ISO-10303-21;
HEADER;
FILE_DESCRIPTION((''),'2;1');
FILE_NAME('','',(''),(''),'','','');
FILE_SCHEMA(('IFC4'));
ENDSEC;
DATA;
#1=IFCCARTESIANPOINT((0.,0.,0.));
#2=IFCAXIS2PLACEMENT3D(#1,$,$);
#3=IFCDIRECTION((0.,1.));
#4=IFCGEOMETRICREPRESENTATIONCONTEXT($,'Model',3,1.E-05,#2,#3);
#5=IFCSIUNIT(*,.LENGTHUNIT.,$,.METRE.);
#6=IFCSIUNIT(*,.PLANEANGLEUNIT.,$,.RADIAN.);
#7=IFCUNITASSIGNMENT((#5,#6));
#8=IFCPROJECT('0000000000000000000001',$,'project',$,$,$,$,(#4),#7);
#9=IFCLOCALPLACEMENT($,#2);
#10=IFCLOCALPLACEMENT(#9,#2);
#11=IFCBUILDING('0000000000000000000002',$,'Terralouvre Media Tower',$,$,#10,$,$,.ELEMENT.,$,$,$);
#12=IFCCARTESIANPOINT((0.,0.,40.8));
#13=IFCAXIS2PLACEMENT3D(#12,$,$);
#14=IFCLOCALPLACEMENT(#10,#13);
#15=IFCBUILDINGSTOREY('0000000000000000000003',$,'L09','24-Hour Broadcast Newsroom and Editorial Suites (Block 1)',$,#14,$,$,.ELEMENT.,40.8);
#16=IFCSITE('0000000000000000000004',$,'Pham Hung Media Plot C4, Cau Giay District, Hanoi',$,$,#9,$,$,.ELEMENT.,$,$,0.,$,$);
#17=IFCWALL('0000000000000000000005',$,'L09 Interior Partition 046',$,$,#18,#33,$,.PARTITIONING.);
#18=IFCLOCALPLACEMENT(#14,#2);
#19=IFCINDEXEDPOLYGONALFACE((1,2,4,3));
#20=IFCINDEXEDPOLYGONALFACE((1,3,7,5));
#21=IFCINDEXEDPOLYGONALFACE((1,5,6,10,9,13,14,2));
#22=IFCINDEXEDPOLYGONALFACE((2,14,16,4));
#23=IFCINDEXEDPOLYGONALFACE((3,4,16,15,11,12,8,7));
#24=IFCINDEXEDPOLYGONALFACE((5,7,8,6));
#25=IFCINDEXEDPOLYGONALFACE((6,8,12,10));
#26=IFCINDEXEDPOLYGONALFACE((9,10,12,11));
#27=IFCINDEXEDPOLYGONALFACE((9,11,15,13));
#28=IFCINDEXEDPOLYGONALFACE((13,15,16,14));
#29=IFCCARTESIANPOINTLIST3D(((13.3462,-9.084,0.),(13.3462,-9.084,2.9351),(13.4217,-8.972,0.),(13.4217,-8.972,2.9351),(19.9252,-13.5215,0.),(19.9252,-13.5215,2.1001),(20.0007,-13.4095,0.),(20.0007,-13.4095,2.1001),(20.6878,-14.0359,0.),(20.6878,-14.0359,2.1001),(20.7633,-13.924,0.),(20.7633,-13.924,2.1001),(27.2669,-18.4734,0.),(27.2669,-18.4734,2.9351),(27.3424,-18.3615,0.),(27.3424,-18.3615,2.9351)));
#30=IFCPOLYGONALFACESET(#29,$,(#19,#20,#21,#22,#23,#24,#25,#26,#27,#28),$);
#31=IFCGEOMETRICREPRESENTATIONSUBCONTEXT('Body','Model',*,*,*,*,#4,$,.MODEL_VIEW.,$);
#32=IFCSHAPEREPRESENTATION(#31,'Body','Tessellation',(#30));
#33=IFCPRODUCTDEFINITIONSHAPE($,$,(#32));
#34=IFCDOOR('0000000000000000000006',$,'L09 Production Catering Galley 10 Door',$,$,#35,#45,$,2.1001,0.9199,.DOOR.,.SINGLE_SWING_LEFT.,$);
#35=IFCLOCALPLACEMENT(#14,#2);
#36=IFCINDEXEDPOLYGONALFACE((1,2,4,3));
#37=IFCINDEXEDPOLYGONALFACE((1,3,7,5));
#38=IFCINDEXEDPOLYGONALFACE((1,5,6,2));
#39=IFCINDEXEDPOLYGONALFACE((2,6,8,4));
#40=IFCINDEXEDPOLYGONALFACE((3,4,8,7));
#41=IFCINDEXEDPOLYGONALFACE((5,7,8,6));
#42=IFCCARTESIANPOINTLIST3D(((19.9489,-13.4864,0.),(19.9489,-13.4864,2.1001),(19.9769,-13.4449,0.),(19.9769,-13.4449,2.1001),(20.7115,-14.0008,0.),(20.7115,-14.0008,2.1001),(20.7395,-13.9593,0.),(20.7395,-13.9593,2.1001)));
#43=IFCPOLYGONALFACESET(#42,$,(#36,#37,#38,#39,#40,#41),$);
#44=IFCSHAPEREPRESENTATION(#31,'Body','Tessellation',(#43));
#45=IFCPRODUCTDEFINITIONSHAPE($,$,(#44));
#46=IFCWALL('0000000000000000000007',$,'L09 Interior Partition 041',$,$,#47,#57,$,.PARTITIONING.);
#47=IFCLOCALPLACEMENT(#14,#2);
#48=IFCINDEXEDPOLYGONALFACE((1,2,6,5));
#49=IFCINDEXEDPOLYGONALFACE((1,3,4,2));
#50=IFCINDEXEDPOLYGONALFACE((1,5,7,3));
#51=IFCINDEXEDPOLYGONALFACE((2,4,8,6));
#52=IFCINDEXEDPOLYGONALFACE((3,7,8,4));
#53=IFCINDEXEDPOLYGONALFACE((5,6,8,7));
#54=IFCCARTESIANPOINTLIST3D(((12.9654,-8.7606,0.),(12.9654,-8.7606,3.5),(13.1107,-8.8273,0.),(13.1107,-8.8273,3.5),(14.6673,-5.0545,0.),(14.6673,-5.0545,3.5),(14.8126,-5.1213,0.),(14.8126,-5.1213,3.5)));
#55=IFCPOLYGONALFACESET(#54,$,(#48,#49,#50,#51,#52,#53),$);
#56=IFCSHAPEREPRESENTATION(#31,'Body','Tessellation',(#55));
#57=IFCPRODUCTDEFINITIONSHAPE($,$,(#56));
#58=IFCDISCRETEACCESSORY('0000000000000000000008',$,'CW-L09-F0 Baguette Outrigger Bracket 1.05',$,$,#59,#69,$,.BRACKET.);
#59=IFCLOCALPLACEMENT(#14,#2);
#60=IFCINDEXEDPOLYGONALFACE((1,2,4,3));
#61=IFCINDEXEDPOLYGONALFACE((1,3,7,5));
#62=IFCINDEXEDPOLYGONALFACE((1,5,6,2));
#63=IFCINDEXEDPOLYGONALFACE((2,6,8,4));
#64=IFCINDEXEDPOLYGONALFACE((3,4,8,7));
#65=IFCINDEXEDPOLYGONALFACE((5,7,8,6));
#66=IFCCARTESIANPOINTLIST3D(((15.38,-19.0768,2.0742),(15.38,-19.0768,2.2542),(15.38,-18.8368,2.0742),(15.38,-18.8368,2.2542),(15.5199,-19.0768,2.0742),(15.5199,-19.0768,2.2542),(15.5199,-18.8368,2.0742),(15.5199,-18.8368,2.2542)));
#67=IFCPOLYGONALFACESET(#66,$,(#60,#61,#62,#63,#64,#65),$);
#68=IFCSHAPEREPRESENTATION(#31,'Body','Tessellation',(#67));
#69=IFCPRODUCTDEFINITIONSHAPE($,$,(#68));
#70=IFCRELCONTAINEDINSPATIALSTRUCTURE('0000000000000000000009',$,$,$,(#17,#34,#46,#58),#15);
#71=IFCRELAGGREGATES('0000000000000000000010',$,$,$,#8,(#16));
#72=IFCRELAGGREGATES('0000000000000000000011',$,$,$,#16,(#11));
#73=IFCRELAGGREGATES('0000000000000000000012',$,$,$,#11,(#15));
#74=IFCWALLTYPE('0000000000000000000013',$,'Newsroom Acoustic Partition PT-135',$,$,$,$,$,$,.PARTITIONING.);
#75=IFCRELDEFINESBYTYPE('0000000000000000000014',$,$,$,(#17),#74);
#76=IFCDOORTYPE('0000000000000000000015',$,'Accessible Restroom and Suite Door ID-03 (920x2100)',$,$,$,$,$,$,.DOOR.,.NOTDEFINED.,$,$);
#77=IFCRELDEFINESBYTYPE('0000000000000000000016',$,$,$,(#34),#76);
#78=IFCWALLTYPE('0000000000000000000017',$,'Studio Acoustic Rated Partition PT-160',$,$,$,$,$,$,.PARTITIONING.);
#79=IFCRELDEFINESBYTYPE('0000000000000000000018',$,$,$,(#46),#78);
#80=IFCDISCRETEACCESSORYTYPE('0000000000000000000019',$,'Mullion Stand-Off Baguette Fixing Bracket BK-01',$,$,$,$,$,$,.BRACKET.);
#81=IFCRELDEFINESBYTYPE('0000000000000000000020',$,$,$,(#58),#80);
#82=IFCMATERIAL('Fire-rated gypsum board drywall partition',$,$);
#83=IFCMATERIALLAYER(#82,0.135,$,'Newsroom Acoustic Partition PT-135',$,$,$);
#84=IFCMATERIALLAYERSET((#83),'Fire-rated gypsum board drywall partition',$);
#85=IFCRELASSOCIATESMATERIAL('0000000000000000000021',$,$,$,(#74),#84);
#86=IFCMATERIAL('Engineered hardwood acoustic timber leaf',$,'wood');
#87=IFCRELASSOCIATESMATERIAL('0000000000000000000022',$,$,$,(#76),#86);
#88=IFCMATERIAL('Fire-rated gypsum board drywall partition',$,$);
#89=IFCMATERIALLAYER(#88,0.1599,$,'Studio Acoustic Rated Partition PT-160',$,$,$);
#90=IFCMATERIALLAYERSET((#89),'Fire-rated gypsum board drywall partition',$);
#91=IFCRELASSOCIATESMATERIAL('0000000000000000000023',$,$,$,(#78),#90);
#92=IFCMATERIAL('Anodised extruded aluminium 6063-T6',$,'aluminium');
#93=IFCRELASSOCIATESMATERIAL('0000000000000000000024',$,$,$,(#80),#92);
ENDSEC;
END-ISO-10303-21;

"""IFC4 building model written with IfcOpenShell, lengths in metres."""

from ifc_helpers import new_model, si_unit, direction, frame, frame_2d, origin, origin_2d, place, context, subcontext, project, spatial, rectangle, extrude, material, layer, layer_set, type_object, element, fill, save


model = new_model("IFC4")

# Units and contexts
model_context = context("Model", 3, precision=1e-05, world=origin(), true_north=direction((0.0, 1.0)))
body_context = subcontext(model_context, "Body", "Model", "MODEL_VIEW")
ifc_project = project(units=[si_unit("LENGTHUNIT", "METRE"), si_unit("PLANEANGLEUNIT", "RADIAN")], contexts=[model_context])

# Site, building, storey
site_placement = place(None, origin())
site = spatial("IfcSite", under=ifc_project, at=site_placement, Name="Pham Hung Media Plot C4, Cau Giay District, Hanoi", CompositionType="ELEMENT", RefElevation=0.0)
building_placement = place(site_placement, origin())
building = spatial("IfcBuilding", under=site, at=building_placement, Name="Terralouvre Media Tower", CompositionType="ELEMENT")
storey_placement = place(building_placement, frame((0.0, 0.0, 40.8)))
storey = spatial("IfcBuildingStorey", under=building, at=storey_placement, Name="L09", Description="24-Hour Broadcast Newsroom and Editorial Suites (Block 1)", CompositionType="ELEMENT", Elevation=40.8)

# Shared definitions
ifc_material_1 = material(Name="Fire-rated gypsum board drywall partition")
ifc_layer_1 = layer(ifc_material_1, 0.135, Name="Newsroom Acoustic Partition PT-135")
ifc_layer_set_1 = layer_set([ifc_layer_1], Name="Fire-rated gypsum board drywall partition")
wall_type_1 = type_object("IfcWallType", Name="Newsroom Acoustic Partition PT-135", PredefinedType="PARTITIONING", material=ifc_layer_set_1)

# Wall, opening, door
wall_1_placement = place(storey_placement, frame((13.384, -9.0281, 0.0), z_axis=(0.0, 0.0, 1.0), x_axis=(0.829043, -0.559185, 0.0)))
wall_1 = element("IfcWall", 1, at=wall_1_placement, inside=storey, type_object=wall_type_1, Name="L09 Interior Partition 046", PredefinedType="PARTITIONING", context=body_context, shape_type="SweptSolid", body=[
    extrude(rectangle(XDim=16.7913, YDim=0.135, at=frame_2d((8.3955, 0.0))), origin(), (0.0, 0.0, 1.0), 2.9351),
])
opening_1_placement = place(wall_1_placement, frame((7.9355, 0.0, 0.0)))
opening_1 = element("IfcOpeningElement", 2, at=opening_1_placement, cuts=wall_1, PredefinedType="OPENING", context=body_context, shape_type="SweptSolid", body=[
    extrude(rectangle(XDim=0.9199, YDim=2.1001, at=frame_2d((0.46, 1.05))), frame((0.0, 0.0774, 0.0), z_axis=(0.0, -1.0, 0.0), x_axis=(1.0, 0.0, 0.0)), (0.0, 0.0, 1.0), 0.155),
])
ifc_material_2 = material(Name="Engineered hardwood acoustic timber leaf", Category="wood")
door_type_1 = type_object("IfcDoorType", Name="Accessible Restroom and Suite Door ID-03 (920x2100)", OperationType="NOTDEFINED", PredefinedType="DOOR", material=ifc_material_2)
door_1_placement = place(opening_1_placement, origin())
door_1 = element("IfcDoor", 3, at=door_1_placement, inside=storey, type_object=door_type_1, Name="L09 Production Catering Galley 10 Door", OperationType="SINGLE_SWING_LEFT", OverallHeight=2.1001, OverallWidth=0.9199, PredefinedType="DOOR", context=body_context, shape_type="SweptSolid", body=[
    extrude(rectangle(XDim=0.9199, YDim=2.1001, at=frame_2d((0.46, 1.05))), frame((0.0, 0.0249, 0.0), z_axis=(0.0, -1.0, 0.0), x_axis=(1.0, 0.0, 0.0)), (0.0, 0.0, 1.0), 0.05),
])
fill(opening_1, door_1)

# Wall
ifc_material_3 = material(Name="Fire-rated gypsum board drywall partition")
ifc_layer_2 = layer(ifc_material_3, 0.1599, Name="Studio Acoustic Rated Partition PT-160")
ifc_layer_set_2 = layer_set([ifc_layer_2], Name="Fire-rated gypsum board drywall partition")
wall_type_2 = type_object("IfcWallType", Name="Studio Acoustic Rated Partition PT-160", PredefinedType="PARTITIONING", material=ifc_layer_set_2)
wall_2_placement = place(storey_placement, frame((13.0381, -8.7939, 0.0), z_axis=(0.0, 0.0, 1.0), x_axis=(0.417322, 0.908758, 0.0)))
element("IfcWall", 4, at=wall_2_placement, inside=storey, type_object=wall_type_2, Name="L09 Interior Partition 041", PredefinedType="PARTITIONING", context=body_context, shape_type="SweptSolid", body=[
    extrude(rectangle(XDim=4.0781, YDim=0.1599, at=frame_2d((2.0391, 0.0))), origin(), (0.0, 0.0, 1.0), 3.5),
])

# Discrete accessory
ifc_material_4 = material(Name="Anodised extruded aluminium 6063-T6", Category="aluminium")
discrete_accessory_type = type_object("IfcDiscreteAccessoryType", Name="Mullion Stand-Off Baguette Fixing Bracket BK-01", PredefinedType="BRACKET", material=ifc_material_4)
discrete_accessory_placement = place(storey_placement, frame((15.45, -18.9568, 2.0742), z_axis=(0.0, 0.0, 1.0), x_axis=(1.0, 0.0, 0.0)))
element("IfcDiscreteAccessory", 5, at=discrete_accessory_placement, inside=storey, type_object=discrete_accessory_type, Name="CW-L09-F0 Baguette Outrigger Bracket 1.05", PredefinedType="BRACKET", context=body_context, shape_type="SweptSolid", body=[
    extrude(rectangle(XDim=0.1399, YDim=0.24, at=origin_2d()), origin(), (0.0, 0.0, 1.0), 0.1799),
])

save(model, "model.ifc")
